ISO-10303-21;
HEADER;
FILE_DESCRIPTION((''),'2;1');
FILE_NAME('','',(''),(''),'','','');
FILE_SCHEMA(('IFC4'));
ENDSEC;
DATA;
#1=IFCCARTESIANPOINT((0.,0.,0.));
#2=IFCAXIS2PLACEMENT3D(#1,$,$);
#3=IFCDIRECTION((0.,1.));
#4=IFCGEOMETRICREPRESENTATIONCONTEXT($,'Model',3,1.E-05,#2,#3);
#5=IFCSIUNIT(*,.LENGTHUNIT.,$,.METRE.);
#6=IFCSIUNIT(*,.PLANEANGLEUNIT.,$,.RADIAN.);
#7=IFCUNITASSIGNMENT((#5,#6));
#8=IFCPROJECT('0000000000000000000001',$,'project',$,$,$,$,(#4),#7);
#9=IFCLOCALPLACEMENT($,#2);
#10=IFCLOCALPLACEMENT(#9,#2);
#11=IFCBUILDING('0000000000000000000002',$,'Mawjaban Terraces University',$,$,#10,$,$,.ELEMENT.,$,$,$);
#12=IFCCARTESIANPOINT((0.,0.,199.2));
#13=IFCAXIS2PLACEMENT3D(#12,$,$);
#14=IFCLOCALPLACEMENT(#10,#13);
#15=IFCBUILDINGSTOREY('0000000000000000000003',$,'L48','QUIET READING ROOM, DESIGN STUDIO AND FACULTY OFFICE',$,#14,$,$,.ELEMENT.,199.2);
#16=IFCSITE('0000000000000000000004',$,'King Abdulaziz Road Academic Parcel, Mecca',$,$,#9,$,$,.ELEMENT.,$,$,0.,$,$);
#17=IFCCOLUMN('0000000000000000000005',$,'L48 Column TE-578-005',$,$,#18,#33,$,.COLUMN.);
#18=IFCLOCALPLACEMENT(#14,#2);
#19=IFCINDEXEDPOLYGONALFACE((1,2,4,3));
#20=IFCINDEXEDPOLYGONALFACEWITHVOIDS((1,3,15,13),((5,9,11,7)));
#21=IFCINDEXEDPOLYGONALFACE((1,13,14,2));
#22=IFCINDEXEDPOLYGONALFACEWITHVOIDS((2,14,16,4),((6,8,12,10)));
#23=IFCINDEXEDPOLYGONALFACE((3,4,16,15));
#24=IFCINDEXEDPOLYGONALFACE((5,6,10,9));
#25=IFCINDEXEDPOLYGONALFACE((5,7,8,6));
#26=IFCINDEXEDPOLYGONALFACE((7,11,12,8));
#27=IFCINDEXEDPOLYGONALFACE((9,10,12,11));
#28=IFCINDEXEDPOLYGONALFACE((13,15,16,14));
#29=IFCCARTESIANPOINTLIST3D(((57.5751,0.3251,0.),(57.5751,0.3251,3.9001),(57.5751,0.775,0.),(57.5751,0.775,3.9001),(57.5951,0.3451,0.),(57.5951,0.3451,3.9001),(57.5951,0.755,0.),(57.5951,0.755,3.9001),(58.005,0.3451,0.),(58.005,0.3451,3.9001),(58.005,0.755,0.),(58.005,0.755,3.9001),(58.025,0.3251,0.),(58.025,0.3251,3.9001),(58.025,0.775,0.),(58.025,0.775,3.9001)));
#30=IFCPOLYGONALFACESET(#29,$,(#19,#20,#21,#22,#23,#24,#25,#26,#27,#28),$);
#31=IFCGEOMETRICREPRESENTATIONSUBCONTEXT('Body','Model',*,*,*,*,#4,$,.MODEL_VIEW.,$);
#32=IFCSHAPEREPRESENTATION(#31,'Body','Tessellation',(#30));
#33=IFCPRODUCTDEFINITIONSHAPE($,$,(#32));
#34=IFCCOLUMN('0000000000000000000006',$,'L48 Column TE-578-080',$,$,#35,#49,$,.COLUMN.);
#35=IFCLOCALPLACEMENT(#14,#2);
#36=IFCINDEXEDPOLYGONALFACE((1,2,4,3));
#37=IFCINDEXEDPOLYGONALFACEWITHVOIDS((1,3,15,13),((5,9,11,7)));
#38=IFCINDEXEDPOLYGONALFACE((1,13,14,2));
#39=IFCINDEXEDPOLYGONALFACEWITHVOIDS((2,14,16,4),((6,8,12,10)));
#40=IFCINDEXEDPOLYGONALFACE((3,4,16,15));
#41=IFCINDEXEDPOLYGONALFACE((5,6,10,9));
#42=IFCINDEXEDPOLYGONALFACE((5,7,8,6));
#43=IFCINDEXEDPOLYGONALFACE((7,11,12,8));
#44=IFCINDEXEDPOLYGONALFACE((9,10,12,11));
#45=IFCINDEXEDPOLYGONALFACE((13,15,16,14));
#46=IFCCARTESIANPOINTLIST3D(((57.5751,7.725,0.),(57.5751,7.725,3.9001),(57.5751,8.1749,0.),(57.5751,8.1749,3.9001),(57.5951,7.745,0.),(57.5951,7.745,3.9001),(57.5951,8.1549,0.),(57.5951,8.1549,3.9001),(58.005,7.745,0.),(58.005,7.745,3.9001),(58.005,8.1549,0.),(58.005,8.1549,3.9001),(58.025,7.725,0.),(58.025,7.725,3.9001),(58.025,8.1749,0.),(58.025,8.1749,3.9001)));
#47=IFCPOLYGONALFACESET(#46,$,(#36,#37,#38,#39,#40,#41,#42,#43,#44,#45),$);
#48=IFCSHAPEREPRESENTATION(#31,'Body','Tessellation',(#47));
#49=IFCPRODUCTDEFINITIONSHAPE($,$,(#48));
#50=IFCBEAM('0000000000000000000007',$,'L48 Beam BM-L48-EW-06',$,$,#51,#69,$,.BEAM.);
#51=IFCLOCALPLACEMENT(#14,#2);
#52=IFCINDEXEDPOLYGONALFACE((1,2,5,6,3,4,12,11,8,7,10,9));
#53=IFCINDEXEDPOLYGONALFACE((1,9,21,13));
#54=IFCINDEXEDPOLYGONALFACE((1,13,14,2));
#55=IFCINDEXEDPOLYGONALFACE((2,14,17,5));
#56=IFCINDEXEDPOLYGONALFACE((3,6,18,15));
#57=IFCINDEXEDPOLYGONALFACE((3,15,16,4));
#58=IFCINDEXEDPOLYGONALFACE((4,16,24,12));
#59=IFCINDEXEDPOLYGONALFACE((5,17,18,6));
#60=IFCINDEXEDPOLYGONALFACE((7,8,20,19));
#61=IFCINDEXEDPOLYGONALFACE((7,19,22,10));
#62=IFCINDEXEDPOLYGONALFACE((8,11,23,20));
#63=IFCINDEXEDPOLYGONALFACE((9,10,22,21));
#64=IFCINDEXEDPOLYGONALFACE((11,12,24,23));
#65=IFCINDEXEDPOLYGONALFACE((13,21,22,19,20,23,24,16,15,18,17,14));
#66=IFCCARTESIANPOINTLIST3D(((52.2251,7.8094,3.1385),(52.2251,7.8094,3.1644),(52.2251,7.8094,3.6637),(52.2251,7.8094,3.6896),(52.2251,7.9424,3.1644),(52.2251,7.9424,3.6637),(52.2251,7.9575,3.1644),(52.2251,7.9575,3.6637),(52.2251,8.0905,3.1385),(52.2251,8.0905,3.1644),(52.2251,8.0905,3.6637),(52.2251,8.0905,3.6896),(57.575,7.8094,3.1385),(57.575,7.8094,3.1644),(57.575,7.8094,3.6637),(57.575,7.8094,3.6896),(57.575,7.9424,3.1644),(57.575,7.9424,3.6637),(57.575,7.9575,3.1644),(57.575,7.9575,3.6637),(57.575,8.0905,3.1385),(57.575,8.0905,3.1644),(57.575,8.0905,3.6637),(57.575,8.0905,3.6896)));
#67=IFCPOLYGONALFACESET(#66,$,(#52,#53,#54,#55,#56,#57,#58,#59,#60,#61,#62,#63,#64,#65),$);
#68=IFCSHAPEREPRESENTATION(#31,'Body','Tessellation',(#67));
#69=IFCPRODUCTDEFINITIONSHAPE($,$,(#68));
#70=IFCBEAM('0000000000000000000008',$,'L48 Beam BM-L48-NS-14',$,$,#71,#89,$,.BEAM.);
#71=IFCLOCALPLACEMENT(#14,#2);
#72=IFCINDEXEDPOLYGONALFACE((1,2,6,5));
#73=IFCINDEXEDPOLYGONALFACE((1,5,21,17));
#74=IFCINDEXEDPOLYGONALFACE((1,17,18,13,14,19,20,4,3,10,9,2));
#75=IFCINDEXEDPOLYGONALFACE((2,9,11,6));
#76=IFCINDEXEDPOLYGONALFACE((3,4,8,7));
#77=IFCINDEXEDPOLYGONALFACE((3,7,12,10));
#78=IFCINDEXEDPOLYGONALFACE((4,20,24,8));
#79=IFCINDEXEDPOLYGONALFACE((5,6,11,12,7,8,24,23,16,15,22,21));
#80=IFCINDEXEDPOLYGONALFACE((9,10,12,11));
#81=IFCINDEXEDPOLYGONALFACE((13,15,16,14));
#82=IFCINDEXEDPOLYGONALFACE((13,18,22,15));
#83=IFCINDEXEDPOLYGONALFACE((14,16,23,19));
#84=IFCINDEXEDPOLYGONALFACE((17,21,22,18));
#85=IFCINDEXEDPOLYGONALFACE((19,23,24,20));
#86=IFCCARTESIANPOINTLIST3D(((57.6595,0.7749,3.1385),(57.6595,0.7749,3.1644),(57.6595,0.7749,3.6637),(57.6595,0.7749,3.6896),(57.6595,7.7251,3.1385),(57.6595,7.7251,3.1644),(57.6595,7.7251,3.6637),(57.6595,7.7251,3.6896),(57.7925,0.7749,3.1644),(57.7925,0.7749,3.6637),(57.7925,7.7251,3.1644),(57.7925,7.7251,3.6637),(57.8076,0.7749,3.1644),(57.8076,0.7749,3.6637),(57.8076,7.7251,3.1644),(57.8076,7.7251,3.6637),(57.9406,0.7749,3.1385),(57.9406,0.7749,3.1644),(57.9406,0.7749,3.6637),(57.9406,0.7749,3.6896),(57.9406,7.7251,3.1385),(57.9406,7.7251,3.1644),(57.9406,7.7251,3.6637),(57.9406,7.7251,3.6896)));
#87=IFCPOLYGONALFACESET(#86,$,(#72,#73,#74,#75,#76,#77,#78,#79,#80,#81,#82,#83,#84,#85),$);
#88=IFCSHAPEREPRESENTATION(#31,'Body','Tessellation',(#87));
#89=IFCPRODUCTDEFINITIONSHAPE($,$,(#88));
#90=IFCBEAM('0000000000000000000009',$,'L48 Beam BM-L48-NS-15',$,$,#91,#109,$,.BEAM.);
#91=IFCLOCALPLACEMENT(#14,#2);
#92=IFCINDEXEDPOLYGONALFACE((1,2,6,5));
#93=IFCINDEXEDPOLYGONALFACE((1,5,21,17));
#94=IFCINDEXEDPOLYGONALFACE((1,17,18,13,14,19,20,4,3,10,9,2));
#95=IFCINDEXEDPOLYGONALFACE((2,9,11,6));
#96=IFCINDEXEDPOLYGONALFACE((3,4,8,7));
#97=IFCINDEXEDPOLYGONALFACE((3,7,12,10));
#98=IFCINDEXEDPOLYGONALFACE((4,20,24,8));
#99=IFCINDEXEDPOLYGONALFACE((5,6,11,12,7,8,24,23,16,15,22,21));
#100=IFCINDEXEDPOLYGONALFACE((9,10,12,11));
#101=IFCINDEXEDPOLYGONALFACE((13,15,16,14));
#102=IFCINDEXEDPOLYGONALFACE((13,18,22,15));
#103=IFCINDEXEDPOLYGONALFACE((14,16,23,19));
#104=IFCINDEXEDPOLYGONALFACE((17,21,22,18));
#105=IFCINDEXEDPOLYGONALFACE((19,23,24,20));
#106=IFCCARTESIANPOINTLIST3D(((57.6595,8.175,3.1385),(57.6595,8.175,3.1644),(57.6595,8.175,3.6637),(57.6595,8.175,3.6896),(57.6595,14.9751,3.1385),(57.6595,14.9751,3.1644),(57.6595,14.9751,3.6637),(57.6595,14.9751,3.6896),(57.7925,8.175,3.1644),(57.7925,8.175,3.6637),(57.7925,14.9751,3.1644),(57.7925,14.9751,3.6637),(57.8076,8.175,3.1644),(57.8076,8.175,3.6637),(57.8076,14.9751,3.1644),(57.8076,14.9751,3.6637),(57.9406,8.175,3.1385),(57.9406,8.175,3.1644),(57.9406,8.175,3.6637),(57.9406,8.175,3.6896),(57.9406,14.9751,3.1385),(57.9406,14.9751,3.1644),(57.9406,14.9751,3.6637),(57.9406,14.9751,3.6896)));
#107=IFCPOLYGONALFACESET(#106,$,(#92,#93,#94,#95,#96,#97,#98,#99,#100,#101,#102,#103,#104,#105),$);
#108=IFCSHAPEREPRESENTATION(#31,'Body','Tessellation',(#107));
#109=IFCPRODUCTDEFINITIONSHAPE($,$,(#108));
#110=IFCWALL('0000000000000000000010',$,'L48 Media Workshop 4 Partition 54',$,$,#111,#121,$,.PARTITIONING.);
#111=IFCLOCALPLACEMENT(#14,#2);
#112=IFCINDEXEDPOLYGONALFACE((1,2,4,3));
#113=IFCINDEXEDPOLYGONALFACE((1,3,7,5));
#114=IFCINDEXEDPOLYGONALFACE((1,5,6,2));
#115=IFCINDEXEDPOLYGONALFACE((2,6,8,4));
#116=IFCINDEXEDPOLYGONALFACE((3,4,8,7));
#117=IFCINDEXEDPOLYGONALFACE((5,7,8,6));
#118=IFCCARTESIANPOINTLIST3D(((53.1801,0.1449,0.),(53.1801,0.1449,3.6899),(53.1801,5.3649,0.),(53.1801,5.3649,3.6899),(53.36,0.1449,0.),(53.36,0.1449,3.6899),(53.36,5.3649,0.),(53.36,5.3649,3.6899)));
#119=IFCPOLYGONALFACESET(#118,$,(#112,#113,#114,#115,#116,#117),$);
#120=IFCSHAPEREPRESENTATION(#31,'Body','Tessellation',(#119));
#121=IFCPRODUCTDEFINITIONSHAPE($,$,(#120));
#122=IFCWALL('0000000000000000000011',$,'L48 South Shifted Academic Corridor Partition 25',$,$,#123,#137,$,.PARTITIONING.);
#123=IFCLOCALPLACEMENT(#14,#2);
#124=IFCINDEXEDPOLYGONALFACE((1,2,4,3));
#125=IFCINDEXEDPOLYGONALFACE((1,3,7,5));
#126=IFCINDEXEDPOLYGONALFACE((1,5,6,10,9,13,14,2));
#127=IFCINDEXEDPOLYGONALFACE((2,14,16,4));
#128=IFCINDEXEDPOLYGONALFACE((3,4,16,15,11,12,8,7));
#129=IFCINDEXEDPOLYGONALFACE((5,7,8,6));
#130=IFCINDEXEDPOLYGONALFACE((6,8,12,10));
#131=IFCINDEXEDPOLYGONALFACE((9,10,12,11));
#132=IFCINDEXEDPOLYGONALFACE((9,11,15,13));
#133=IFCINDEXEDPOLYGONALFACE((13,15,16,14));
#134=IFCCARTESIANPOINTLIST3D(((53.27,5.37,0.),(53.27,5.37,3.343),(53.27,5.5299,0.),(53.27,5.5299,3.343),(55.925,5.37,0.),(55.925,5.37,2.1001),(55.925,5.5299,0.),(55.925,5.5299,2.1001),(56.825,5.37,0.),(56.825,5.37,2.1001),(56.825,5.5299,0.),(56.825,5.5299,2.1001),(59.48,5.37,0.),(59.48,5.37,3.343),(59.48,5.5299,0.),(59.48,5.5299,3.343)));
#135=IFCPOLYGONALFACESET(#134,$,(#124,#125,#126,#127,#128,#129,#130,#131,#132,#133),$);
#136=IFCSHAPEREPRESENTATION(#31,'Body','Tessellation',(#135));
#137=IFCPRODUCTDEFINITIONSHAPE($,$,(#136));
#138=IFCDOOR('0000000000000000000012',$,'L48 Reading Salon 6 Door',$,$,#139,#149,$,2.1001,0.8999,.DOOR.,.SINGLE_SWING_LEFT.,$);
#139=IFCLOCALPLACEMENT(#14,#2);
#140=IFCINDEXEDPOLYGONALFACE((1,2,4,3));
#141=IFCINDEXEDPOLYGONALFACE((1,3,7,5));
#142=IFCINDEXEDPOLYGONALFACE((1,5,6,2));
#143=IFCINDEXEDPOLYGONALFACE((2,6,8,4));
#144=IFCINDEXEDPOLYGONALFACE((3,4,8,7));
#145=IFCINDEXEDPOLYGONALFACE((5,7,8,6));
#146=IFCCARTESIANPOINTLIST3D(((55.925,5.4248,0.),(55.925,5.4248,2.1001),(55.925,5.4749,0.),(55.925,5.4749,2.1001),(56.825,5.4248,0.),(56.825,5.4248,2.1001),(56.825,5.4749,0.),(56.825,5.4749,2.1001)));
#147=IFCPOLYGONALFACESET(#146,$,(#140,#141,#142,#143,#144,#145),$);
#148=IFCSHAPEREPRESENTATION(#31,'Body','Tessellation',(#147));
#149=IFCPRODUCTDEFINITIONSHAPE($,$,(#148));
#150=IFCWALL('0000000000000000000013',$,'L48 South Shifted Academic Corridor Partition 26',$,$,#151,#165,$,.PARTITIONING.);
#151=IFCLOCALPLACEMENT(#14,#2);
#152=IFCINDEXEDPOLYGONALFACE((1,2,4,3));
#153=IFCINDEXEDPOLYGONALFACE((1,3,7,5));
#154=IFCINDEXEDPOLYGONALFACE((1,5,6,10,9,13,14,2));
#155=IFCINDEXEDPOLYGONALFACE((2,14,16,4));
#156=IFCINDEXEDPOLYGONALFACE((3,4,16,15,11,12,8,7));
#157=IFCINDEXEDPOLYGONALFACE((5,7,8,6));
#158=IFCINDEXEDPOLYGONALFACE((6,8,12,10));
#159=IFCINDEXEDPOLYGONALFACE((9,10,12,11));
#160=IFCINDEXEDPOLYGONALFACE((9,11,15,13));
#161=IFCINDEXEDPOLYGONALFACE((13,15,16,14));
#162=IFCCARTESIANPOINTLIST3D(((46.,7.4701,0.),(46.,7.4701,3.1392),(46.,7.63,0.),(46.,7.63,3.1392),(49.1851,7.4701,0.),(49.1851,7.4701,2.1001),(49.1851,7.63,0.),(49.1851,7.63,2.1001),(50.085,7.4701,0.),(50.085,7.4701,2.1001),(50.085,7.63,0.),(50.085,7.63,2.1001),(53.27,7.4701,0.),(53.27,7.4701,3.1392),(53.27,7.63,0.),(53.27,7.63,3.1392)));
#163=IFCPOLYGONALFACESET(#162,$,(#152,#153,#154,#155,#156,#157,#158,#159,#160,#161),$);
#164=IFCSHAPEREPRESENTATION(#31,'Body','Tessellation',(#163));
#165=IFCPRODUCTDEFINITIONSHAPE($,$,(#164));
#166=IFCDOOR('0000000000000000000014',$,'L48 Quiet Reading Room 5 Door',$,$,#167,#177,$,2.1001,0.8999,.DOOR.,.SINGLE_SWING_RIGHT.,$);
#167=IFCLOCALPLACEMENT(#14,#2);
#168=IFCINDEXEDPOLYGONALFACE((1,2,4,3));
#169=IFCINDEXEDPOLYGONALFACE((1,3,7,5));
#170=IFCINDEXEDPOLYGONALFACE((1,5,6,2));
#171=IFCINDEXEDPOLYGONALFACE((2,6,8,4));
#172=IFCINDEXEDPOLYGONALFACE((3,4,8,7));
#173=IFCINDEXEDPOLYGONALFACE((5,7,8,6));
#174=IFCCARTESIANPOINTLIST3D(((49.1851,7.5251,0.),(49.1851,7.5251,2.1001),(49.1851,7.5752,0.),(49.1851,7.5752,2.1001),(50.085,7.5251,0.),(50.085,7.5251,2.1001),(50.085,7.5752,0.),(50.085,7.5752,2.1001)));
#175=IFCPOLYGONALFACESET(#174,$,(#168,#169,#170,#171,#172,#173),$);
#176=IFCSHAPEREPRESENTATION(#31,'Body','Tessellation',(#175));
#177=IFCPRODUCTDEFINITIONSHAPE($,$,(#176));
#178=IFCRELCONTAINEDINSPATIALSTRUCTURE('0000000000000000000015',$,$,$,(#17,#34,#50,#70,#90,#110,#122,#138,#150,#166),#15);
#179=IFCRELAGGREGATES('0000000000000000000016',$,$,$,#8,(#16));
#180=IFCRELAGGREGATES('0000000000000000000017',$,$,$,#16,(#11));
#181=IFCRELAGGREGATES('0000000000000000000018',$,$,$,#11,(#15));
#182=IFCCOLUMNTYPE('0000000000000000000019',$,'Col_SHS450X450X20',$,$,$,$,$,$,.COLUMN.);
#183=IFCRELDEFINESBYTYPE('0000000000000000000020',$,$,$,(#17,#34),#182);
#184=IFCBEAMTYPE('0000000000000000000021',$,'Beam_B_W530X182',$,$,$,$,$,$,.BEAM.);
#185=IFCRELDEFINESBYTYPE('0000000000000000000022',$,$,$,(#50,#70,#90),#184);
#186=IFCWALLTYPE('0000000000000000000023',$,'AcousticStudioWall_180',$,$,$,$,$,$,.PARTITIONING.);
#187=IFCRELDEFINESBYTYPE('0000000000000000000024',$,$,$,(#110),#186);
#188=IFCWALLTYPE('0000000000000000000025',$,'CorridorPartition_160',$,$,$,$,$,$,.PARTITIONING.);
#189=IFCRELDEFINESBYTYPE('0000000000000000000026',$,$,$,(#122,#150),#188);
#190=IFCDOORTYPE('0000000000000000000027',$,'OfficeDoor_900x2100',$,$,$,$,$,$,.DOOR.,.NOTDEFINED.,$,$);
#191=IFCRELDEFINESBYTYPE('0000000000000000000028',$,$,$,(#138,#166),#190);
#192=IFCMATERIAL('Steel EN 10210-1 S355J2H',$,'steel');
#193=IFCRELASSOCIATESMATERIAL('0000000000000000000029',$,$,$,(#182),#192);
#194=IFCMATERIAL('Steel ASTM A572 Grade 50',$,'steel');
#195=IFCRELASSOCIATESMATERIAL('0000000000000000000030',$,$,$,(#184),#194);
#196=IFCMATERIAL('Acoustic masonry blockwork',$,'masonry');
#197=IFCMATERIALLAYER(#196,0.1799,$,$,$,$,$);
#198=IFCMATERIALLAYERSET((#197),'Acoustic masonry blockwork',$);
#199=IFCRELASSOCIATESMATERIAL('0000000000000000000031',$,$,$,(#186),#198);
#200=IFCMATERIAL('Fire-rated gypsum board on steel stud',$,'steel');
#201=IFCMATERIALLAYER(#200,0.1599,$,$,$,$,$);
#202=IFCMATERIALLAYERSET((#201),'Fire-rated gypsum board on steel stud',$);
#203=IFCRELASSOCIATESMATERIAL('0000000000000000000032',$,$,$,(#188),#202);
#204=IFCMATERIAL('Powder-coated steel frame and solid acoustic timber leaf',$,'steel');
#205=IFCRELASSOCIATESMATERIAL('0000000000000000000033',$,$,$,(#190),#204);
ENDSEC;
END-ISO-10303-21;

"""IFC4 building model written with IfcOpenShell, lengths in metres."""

from ifc_helpers import new_model, si_unit, direction, frame, frame_2d, origin, origin_2d, place, context, subcontext, project, spatial, rectangle, hollow_rectangle, i_section, extrude, material, layer, layer_set, material_profile, profile_set, type_object, element, fill, save


model = new_model("IFC4")

# Units and contexts
model_context = context("Model", 3, precision=1e-05, world=origin(), true_north=direction((0.0, 1.0)))
body_context = subcontext(model_context, "Body", "Model", "MODEL_VIEW")
ifc_project = project(units=[si_unit("LENGTHUNIT", "METRE"), si_unit("PLANEANGLEUNIT", "RADIAN")], contexts=[model_context])

# Site, building, storey
site_placement = place(None, origin())
site = spatial("IfcSite", under=ifc_project, at=site_placement, Name="King Abdulaziz Road Academic Parcel, Mecca", CompositionType="ELEMENT", RefElevation=0.0)
building_placement = place(site_placement, origin())
building = spatial("IfcBuilding", under=site, at=building_placement, Name="Mawjaban Terraces University", CompositionType="ELEMENT")
storey_placement = place(building_placement, frame((0.0, 0.0, 199.2)))
storey = spatial("IfcBuildingStorey", under=building, at=storey_placement, Name="L48", Description="QUIET READING ROOM, DESIGN STUDIO AND FACULTY OFFICE", CompositionType="ELEMENT", Elevation=199.2)

# Columns
ifc_material_1 = material(Name="Steel EN 10210-1 S355J2H", Category="steel")
ifc_material_profile_1 = material_profile(ifc_material_1, hollow_rectangle(XDim=0.45, YDim=0.45, WallThickness=0.02, at=origin_2d()), Name="SHS450X450X20")
ifc_profile_set_1 = profile_set([ifc_material_profile_1], Name="Steel EN 10210-1 S355J2H")
column_type = type_object("IfcColumnType", Name="Col_SHS450X450X20", PredefinedType="COLUMN", material=ifc_profile_set_1)
for number, where, z_axis, x_axis, name in (
    (1, (57.8, 0.55, 0.0), (0.0, 0.0, 1.0), (1.0, 0.0, 0.0), "L48 Column TE-578-005"),
    (2, (57.8, 7.95, 0.0), (0.0, 0.0, 1.0), (1.0, 0.0, 0.0), "L48 Column TE-578-080"),
):
    element("IfcColumn", number, at=place(storey_placement, frame(where, z_axis=z_axis, x_axis=x_axis)), inside=storey, type_object=column_type, Name=name, PredefinedType="COLUMN", context=body_context, shape_type="SweptSolid", body=[
        extrude(hollow_rectangle(XDim=0.45, YDim=0.45, WallThickness=0.02, at=origin_2d()), origin(), (0.0, 0.0, 1.0), 3.9001),
    ])

# Beams
ifc_material_2 = material(Name="Steel ASTM A572 Grade 50", Category="steel")
ifc_material_profile_2 = material_profile(ifc_material_2, i_section(OverallWidth=0.281, OverallDepth=0.551, WebThickness=0.0151, FlangeThickness=0.0259, at=origin_2d()), Name="W530X182")
ifc_profile_set_2 = profile_set([ifc_material_profile_2], Name="Steel ASTM A572 Grade 50")
beam_type = type_object("IfcBeamType", Name="Beam_B_W530X182", PredefinedType="BEAM", material=ifc_profile_set_2)
beam_1_placement = place(storey_placement, frame((52.2251, 7.95, 3.4141), z_axis=(1.0, 0.0, 0.0), x_axis=(0.0, 1.0, 0.0)))
element("IfcBeam", 3, at=beam_1_placement, inside=storey, type_object=beam_type, Name="L48 Beam BM-L48-EW-06", PredefinedType="BEAM", context=body_context, shape_type="SweptSolid", body=[
    extrude(i_section(OverallWidth=0.281, OverallDepth=0.551, WebThickness=0.0151, FlangeThickness=0.0259, at=origin_2d()), origin(), (0.0, 0.0, 1.0), 5.3499),
])
beam_2_placement = place(storey_placement, frame((57.8, 0.7749, 3.4141), z_axis=(0.0, 1.0, 0.0), x_axis=(-1.0, 0.0, 0.0)))
element("IfcBeam", 4, at=beam_2_placement, inside=storey, type_object=beam_type, Name="L48 Beam BM-L48-NS-14", PredefinedType="BEAM", context=body_context, shape_type="SweptSolid", body=[
    extrude(i_section(OverallWidth=0.281, OverallDepth=0.551, WebThickness=0.0151, FlangeThickness=0.0259, at=origin_2d()), origin(), (0.0, 0.0, 1.0), 6.9502),
])
beam_3_placement = place(storey_placement, frame((57.8, 8.175, 3.4141), z_axis=(0.0, 1.0, 0.0), x_axis=(-1.0, 0.0, 0.0)))
element("IfcBeam", 5, at=beam_3_placement, inside=storey, type_object=beam_type, Name="L48 Beam BM-L48-NS-15", PredefinedType="BEAM", context=body_context, shape_type="SweptSolid", body=[
    extrude(i_section(OverallWidth=0.281, OverallDepth=0.551, WebThickness=0.0151, FlangeThickness=0.0259, at=origin_2d()), origin(), (0.0, 0.0, 1.0), 6.8),
])

# Wall
ifc_material_3 = material(Name="Acoustic masonry blockwork", Category="masonry")
ifc_layer_1 = layer(ifc_material_3, 0.1799)
ifc_layer_set_1 = layer_set([ifc_layer_1], Name="Acoustic masonry blockwork")
wall_type_1 = type_object("IfcWallType", Name="AcousticStudioWall_180", PredefinedType="PARTITIONING", material=ifc_layer_set_1)
wall_1_placement = place(storey_placement, frame((53.27, 0.145, 0.0), z_axis=(0.0, 0.0, 1.0), x_axis=(0.0, 1.0, 0.0)))
element("IfcWall", 6, at=wall_1_placement, inside=storey, type_object=wall_type_1, Name="L48 Media Workshop 4 Partition 54", PredefinedType="PARTITIONING", context=body_context, shape_type="SweptSolid", body=[
    extrude(rectangle(XDim=5.22, YDim=0.1799, at=frame_2d((2.6099, 0.0))), origin(), (0.0, 0.0, 1.0), 3.6899),
])

# Walls, openings, doors
ifc_material_4 = material(Name="Fire-rated gypsum board on steel stud", Category="steel")
ifc_layer_2 = layer(ifc_material_4, 0.1599)
ifc_layer_set_2 = layer_set([ifc_layer_2], Name="Fire-rated gypsum board on steel stud")
wall_type_2 = type_object("IfcWallType", Name="CorridorPartition_160", PredefinedType="PARTITIONING", material=ifc_layer_set_2)
wall_2_placement = place(storey_placement, frame((53.27, 5.45, 0.0), z_axis=(0.0, 0.0, 1.0), x_axis=(1.0, 0.0, 0.0)))
wall_2 = element("IfcWall", 7, at=wall_2_placement, inside=storey, type_object=wall_type_2, Name="L48 South Shifted Academic Corridor Partition 25", PredefinedType="PARTITIONING", context=body_context, shape_type="SweptSolid", body=[
    extrude(rectangle(XDim=6.21, YDim=0.1599, at=frame_2d((3.105, 0.0))), origin(), (0.0, 0.0, 1.0), 3.343),
])
opening_1_placement = place(wall_2_placement, frame((2.655, 0.0, 0.0)))
opening_1 = element("IfcOpeningElement", 8, at=opening_1_placement, cuts=wall_2, PredefinedType="OPENING", context=body_context, shape_type="SweptSolid", body=[
    extrude(rectangle(XDim=0.8999, YDim=2.1001, at=frame_2d((0.45, 1.05))), frame((0.0, 0.0898, 0.0), z_axis=(0.0, -1.0, 0.0), x_axis=(1.0, 0.0, 0.0)), (0.0, 0.0, 1.0), 0.1799),
])
ifc_material_5 = material(Name="Powder-coated steel frame and solid acoustic timber leaf", Category="steel")
door_type_1 = type_object("IfcDoorType", Name="OfficeDoor_900x2100", OperationType="NOTDEFINED", PredefinedType="DOOR", material=ifc_material_5)
door_1_placement = place(opening_1_placement, origin())
door_1 = element("IfcDoor", 9, at=door_1_placement, inside=storey, type_object=door_type_1, Name="L48 Reading Salon 6 Door", OperationType="SINGLE_SWING_LEFT", OverallHeight=2.1001, OverallWidth=0.8999, PredefinedType="DOOR", context=body_context, shape_type="SweptSolid", body=[
    extrude(rectangle(XDim=0.8999, YDim=2.1001, at=frame_2d((0.45, 1.05))), frame((0.0, 0.0249, 0.0), z_axis=(0.0, -1.0, 0.0), x_axis=(1.0, 0.0, 0.0)), (0.0, 0.0, 1.0), 0.05),
])
fill(opening_1, door_1)
wall_3_placement = place(storey_placement, frame((53.27, 7.55, 0.0), z_axis=(0.0, 0.0, 1.0), x_axis=(-1.0, 0.0, 0.0)))
wall_3 = element("IfcWall", 10, at=wall_3_placement, inside=storey, type_object=wall_type_2, Name="L48 South Shifted Academic Corridor Partition 26", PredefinedType="PARTITIONING", context=body_context, shape_type="SweptSolid", body=[
    extrude(rectangle(XDim=7.27, YDim=0.1599, at=frame_2d((3.635, 0.0))), origin(), (0.0, 0.0, 1.0), 3.1392),
])
opening_2_placement = place(wall_3_placement, frame((3.1851, 0.0, 0.0)))
opening_2 = element("IfcOpeningElement", 11, at=opening_2_placement, cuts=wall_3, PredefinedType="OPENING", context=body_context, shape_type="SweptSolid", body=[
    extrude(rectangle(XDim=0.8999, YDim=2.1001, at=frame_2d((0.45, 1.05))), frame((0.0, 0.0898, 0.0), z_axis=(0.0, -1.0, 0.0), x_axis=(1.0, 0.0, 0.0)), (0.0, 0.0, 1.0), 0.1799),
])
door_2_placement = place(opening_2_placement, origin())
door_2 = element("IfcDoor", 12, at=door_2_placement, inside=storey, type_object=door_type_1, Name="L48 Quiet Reading Room 5 Door", OperationType="SINGLE_SWING_RIGHT", OverallHeight=2.1001, OverallWidth=0.8999, PredefinedType="DOOR", context=body_context, shape_type="SweptSolid", body=[
    extrude(rectangle(XDim=0.8999, YDim=2.1001, at=frame_2d((0.45, 1.05))), frame((0.0, 0.0249, 0.0), z_axis=(0.0, -1.0, 0.0), x_axis=(1.0, 0.0, 0.0)), (0.0, 0.0, 1.0), 0.05),
])
fill(opening_2, door_2)

save(model, "model.ifc")
